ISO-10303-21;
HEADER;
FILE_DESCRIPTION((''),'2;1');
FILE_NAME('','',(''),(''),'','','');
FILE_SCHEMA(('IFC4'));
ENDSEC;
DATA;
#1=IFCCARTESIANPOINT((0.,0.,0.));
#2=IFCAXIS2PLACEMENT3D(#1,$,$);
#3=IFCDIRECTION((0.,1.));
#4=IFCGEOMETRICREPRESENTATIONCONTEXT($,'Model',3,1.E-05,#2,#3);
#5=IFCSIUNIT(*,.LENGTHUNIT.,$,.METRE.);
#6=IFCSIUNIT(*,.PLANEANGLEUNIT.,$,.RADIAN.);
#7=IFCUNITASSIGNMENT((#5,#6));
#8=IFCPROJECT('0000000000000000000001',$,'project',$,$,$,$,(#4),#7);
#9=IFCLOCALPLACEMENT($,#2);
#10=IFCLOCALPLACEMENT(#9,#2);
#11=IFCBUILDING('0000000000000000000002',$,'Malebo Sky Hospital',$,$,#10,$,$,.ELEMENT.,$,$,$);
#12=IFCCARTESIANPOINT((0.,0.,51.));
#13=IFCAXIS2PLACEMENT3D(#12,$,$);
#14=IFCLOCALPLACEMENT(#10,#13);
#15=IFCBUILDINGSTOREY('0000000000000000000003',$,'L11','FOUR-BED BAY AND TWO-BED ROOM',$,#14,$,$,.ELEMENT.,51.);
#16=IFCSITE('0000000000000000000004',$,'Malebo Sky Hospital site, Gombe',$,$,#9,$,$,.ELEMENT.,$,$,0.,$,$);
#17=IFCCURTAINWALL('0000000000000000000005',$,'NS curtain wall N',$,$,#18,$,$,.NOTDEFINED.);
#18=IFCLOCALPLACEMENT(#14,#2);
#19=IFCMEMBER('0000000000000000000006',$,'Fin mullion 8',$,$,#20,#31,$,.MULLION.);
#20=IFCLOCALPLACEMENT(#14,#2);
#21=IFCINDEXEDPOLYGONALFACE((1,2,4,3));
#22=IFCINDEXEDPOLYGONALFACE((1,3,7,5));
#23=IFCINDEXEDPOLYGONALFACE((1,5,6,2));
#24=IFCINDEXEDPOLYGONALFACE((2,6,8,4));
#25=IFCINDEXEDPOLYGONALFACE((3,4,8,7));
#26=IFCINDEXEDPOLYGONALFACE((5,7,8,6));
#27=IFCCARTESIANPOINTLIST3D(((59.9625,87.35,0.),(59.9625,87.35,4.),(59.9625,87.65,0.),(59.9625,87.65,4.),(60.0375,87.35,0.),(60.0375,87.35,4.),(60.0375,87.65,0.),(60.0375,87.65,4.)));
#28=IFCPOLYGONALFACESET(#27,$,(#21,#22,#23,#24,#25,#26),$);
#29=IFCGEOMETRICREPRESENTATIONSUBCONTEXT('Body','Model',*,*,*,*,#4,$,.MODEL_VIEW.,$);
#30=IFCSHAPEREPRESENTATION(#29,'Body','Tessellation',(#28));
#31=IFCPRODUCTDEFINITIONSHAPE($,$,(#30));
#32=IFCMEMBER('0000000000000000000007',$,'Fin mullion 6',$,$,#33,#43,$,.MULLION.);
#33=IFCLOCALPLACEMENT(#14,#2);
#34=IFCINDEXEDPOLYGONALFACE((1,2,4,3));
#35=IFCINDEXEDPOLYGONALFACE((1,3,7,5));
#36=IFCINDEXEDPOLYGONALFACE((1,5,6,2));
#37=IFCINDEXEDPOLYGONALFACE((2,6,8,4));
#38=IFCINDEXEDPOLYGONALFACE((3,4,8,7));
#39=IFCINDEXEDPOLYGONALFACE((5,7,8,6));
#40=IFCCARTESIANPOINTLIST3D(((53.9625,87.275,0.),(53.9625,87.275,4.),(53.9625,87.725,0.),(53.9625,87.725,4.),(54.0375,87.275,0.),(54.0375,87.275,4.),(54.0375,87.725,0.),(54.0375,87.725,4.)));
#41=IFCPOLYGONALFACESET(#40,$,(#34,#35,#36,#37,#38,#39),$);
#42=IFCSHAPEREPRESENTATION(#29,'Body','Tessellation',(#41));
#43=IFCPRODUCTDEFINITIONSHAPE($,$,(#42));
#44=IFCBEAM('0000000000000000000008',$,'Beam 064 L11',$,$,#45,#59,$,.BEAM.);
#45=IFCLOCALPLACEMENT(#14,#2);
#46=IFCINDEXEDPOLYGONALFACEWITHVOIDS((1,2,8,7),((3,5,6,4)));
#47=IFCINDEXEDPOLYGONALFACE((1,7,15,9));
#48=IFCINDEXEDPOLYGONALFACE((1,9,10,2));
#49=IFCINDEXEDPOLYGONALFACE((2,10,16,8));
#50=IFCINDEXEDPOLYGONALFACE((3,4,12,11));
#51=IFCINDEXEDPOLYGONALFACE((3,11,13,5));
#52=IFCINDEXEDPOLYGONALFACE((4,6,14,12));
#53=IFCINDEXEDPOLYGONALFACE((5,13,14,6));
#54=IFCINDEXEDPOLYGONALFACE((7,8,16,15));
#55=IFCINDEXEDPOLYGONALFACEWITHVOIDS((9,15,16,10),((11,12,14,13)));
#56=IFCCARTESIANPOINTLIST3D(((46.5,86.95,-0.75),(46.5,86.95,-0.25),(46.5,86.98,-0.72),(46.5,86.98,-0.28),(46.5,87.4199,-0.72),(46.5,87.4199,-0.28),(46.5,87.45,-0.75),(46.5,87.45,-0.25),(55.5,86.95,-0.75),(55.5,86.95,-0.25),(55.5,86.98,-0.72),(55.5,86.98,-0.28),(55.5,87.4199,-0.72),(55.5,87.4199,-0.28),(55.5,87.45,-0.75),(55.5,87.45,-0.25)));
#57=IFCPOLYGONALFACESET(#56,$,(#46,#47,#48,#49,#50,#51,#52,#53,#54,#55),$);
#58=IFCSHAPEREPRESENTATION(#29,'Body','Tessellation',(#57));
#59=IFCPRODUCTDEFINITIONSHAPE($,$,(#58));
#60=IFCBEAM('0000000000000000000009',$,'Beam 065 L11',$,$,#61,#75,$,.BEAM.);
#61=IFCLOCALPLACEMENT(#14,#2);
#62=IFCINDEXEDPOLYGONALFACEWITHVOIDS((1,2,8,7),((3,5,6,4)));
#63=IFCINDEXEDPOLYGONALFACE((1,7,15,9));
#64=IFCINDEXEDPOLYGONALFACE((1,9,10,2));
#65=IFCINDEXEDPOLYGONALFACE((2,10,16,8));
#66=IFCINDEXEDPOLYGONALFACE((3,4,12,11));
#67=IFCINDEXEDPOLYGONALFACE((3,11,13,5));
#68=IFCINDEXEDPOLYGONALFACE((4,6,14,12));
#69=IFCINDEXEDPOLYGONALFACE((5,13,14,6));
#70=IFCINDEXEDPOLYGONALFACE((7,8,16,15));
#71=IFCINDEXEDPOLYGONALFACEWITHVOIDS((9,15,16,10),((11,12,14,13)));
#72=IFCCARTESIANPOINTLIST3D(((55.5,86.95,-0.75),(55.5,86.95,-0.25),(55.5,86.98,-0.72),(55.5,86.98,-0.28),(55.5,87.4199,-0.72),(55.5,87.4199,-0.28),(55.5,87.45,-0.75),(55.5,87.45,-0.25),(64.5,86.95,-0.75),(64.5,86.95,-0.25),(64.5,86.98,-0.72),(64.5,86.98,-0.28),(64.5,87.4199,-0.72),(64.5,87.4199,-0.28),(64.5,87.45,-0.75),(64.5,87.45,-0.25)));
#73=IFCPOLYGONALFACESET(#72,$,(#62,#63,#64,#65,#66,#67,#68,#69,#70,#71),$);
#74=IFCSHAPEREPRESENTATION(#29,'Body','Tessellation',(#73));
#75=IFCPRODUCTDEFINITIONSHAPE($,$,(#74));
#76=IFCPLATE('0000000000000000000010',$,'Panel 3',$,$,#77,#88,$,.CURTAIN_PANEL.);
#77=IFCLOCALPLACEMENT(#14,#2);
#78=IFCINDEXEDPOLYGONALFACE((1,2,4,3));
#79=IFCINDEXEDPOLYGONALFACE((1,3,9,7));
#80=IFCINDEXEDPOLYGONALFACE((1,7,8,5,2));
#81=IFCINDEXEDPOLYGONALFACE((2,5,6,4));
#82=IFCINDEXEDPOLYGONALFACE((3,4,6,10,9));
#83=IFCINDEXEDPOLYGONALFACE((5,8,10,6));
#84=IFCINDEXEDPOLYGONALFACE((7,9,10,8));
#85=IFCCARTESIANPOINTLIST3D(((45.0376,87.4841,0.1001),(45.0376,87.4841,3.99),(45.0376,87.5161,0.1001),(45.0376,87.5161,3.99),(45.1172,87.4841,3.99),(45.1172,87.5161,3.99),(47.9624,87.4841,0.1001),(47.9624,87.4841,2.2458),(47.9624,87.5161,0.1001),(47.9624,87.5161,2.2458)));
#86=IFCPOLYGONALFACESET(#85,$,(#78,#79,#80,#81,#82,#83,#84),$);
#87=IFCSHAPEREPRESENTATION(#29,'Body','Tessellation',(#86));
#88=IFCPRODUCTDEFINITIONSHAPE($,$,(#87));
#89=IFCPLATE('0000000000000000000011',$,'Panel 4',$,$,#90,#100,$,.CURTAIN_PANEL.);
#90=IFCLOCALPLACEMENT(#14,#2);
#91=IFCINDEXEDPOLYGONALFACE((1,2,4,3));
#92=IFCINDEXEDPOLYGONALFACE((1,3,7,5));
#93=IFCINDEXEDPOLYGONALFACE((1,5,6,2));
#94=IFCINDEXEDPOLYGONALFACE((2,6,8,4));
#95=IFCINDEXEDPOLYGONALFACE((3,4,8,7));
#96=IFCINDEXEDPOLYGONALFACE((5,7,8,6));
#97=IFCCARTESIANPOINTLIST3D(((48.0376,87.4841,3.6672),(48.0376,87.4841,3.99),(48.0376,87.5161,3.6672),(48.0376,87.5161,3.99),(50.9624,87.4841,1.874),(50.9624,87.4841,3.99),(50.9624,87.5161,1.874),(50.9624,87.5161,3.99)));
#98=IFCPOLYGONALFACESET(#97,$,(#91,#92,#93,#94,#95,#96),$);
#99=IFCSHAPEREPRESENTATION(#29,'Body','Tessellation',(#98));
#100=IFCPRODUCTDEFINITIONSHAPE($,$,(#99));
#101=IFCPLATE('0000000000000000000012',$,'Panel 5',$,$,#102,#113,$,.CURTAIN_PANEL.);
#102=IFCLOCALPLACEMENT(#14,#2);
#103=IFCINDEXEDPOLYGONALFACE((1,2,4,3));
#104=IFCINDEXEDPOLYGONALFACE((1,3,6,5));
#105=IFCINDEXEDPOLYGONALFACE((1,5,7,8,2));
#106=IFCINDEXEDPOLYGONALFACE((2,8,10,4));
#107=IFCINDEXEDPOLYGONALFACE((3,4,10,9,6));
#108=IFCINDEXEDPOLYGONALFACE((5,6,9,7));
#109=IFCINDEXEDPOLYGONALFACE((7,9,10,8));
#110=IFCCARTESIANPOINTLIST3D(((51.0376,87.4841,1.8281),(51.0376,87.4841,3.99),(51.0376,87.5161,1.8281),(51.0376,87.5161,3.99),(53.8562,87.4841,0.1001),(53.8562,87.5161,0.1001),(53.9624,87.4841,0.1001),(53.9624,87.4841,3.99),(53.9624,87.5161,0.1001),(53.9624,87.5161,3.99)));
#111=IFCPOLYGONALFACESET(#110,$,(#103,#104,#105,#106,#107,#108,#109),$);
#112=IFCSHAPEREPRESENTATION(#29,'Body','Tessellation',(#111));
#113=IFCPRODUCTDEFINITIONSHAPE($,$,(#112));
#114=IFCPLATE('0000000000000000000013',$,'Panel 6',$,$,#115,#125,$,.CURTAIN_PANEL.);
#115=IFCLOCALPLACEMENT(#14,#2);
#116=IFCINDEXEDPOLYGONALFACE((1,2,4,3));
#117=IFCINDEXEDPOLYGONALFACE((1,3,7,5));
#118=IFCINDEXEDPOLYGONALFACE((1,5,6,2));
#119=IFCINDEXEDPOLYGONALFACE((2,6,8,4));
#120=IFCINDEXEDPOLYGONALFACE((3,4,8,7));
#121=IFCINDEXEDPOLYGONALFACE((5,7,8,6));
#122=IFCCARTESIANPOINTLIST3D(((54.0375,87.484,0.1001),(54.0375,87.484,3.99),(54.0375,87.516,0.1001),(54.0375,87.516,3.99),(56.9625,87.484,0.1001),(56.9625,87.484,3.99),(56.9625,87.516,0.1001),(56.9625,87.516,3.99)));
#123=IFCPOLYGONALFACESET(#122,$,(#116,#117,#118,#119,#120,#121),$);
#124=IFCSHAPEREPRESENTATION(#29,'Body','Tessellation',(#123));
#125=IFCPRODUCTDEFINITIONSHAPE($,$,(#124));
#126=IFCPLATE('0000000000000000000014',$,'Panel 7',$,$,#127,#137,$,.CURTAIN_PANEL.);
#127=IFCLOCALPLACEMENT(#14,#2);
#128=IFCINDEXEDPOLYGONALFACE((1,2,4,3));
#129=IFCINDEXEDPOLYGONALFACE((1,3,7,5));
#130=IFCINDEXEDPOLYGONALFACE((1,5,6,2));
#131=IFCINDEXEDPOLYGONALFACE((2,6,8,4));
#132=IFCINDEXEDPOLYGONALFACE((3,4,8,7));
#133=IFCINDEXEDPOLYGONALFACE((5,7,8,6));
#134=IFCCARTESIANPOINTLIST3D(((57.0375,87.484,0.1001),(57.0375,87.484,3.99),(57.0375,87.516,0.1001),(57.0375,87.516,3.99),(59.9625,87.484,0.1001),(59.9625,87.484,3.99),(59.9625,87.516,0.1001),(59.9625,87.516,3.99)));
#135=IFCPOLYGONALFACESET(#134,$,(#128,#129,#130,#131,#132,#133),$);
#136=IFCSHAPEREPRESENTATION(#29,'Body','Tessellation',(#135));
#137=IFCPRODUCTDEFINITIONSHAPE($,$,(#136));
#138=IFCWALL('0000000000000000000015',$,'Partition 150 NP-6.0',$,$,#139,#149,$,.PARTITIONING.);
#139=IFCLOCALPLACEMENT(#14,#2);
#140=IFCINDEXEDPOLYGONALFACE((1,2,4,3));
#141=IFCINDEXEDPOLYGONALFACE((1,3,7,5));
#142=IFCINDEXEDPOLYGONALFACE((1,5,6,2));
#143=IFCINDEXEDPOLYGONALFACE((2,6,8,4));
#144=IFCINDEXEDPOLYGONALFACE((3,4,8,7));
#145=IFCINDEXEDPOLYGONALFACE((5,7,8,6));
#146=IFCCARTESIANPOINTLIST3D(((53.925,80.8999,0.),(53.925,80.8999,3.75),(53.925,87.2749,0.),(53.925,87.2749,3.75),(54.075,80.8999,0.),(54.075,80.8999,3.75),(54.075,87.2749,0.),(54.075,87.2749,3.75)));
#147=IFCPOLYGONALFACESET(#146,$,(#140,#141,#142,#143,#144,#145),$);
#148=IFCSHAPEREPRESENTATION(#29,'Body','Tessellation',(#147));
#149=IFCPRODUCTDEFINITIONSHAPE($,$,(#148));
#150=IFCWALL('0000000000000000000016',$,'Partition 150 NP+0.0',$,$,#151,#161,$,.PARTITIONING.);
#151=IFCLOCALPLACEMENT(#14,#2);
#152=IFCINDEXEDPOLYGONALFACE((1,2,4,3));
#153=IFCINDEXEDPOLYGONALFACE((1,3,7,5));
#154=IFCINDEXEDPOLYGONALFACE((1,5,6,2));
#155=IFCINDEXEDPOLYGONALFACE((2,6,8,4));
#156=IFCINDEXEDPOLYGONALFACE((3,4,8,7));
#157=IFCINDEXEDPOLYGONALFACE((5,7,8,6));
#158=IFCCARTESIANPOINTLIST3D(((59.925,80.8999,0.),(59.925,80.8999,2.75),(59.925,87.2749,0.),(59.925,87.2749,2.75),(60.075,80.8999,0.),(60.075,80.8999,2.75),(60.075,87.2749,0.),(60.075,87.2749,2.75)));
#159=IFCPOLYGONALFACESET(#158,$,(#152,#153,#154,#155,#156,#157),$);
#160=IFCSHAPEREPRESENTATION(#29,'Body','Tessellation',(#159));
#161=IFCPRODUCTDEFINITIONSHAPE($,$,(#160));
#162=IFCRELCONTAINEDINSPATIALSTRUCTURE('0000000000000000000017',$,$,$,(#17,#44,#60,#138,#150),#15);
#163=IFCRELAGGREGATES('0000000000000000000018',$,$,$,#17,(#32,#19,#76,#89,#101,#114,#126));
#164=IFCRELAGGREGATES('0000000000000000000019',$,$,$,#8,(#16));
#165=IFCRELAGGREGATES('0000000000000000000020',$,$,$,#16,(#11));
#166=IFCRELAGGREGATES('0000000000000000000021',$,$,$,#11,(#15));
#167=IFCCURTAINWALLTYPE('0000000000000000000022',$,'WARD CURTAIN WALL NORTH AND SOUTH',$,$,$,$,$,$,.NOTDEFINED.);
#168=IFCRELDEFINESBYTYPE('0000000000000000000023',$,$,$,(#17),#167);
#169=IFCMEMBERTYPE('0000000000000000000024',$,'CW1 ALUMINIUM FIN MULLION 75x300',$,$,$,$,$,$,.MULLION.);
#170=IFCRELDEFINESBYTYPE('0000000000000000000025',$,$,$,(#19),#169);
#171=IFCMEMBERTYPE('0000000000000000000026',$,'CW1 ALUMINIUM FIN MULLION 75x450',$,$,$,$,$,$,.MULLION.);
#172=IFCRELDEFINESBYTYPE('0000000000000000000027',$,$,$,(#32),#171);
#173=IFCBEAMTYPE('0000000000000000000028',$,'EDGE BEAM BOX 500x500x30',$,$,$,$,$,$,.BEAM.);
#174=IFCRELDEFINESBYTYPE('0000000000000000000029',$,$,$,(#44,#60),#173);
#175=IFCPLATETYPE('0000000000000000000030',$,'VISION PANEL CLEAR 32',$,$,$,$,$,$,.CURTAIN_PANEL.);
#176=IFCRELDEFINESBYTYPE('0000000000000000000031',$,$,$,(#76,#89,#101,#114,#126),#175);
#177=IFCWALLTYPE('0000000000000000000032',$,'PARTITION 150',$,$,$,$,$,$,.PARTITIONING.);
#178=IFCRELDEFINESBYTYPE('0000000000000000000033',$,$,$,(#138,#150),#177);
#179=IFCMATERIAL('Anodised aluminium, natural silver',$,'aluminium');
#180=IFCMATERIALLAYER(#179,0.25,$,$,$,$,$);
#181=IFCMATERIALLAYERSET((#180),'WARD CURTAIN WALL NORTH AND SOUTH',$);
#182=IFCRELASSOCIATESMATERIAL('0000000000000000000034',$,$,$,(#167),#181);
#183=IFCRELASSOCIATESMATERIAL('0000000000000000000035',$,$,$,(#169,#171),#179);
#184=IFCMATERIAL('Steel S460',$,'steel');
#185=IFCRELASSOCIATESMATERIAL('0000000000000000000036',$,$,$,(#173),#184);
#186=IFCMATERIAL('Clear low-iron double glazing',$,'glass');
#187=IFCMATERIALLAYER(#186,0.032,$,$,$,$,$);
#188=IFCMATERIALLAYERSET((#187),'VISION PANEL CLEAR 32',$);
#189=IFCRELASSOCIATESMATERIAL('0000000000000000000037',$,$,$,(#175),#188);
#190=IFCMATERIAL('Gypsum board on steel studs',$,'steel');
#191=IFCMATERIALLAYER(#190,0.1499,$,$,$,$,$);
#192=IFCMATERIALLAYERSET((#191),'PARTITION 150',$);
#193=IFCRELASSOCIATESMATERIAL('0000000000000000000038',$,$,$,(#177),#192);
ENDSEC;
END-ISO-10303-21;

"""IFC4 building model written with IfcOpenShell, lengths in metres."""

from ifc_helpers import new_model, si_unit, direction, frame, frame_2d, origin, origin_2d, place, context, subcontext, project, spatial, polyline, rectangle, hollow_rectangle, outline, extrude, material, layer, layer_set, material_profile, profile_set, type_object, element, aggregate, save


model = new_model("IFC4")

# Units and contexts
model_context = context("Model", 3, precision=1e-05, world=origin(), true_north=direction((0.0, 1.0)))
body_context = subcontext(model_context, "Body", "Model", "MODEL_VIEW")
ifc_project = project(units=[si_unit("LENGTHUNIT", "METRE"), si_unit("PLANEANGLEUNIT", "RADIAN")], contexts=[model_context])

# Site, building, storey
site_placement = place(None, origin())
site = spatial("IfcSite", under=ifc_project, at=site_placement, Name="Malebo Sky Hospital site, Gombe", CompositionType="ELEMENT", RefElevation=0.0)
building_placement = place(site_placement, origin())
building = spatial("IfcBuilding", under=site, at=building_placement, Name="Malebo Sky Hospital", CompositionType="ELEMENT")
storey_placement = place(building_placement, frame((0.0, 0.0, 51.0)))
storey = spatial("IfcBuildingStorey", under=building, at=storey_placement, Name="L11", Description="FOUR-BED BAY AND TWO-BED ROOM", CompositionType="ELEMENT", Elevation=51.0)

# Shared definitions
ifc_material_1 = material(Name="Steel S460", Category="steel")

# Curtain wall
ifc_material_2 = material(Name="Anodised aluminium, natural silver", Category="aluminium")
ifc_layer_1 = layer(ifc_material_2, 0.25)
ifc_layer_set_1 = layer_set([ifc_layer_1], Name="WARD CURTAIN WALL NORTH AND SOUTH")
curtain_wall_type = type_object("IfcCurtainWallType", Name="WARD CURTAIN WALL NORTH AND SOUTH", PredefinedType="NOTDEFINED", material=ifc_layer_set_1)
curtain_wall_placement = place(storey_placement, origin())
curtain_wall = element("IfcCurtainWall", 1, at=curtain_wall_placement, inside=storey, type_object=curtain_wall_type, Name="NS curtain wall N", PredefinedType="NOTDEFINED")

# Members
ifc_material_profile_1 = material_profile(ifc_material_2, rectangle(XDim=0.075, YDim=0.3, at=origin_2d()), Name="CW1 ALUMINIUM FIN MULLION 75x300")
ifc_profile_set_1 = profile_set([ifc_material_profile_1], Name="Anodised aluminium, natural silver")
member_type_1 = type_object("IfcMemberType", Name="CW1 ALUMINIUM FIN MULLION 75x300", PredefinedType="MULLION", material=ifc_profile_set_1)
member_1_placement = place(storey_placement, frame((60.0, 87.5, 0.0), z_axis=(0.0, 0.0, 1.0), x_axis=(1.0, 0.0, 0.0)))
member_1 = element("IfcMember", 2, at=member_1_placement, type_object=member_type_1, Name="Fin mullion 8", PredefinedType="MULLION", context=body_context, shape_type="SweptSolid", body=[
    extrude(rectangle(XDim=0.075, YDim=0.3, at=origin_2d()), origin(), (0.0, 0.0, 1.0), 4.0),
])
ifc_material_profile_2 = material_profile(ifc_material_2, rectangle(XDim=0.075, YDim=0.45, at=origin_2d()), Name="CW1 ALUMINIUM FIN MULLION 75x450")
ifc_profile_set_2 = profile_set([ifc_material_profile_2], Name="Anodised aluminium, natural silver")
member_type_2 = type_object("IfcMemberType", Name="CW1 ALUMINIUM FIN MULLION 75x450", PredefinedType="MULLION", material=ifc_profile_set_2)
member_2_placement = place(storey_placement, frame((54.0, 87.5, 0.0), z_axis=(0.0, 0.0, 1.0), x_axis=(1.0, 0.0, 0.0)))
member_2 = element("IfcMember", 3, at=member_2_placement, type_object=member_type_2, Name="Fin mullion 6", PredefinedType="MULLION", context=body_context, shape_type="SweptSolid", body=[
    extrude(rectangle(XDim=0.075, YDim=0.45, at=origin_2d()), origin(), (0.0, 0.0, 1.0), 4.0),
])

# Beams
ifc_material_profile_3 = material_profile(ifc_material_1, hollow_rectangle(XDim=0.5, YDim=0.5, WallThickness=0.03, at=origin_2d()), Name="BOX 500x500x30")
ifc_profile_set_3 = profile_set([ifc_material_profile_3], Name="Steel S460")
beam_type = type_object("IfcBeamType", Name="EDGE BEAM BOX 500x500x30", PredefinedType="BEAM", material=ifc_profile_set_3)
for number, where, z_axis, x_axis, name in (
    (4, (46.5, 87.2, -0.5), (1.0, 0.0, 0.0), (0.0, 1.0, 0.0), "Beam 064 L11"),
    (5, (55.5, 87.2, -0.5), (1.0, 0.0, 0.0), (0.0, 1.0, 0.0), "Beam 065 L11"),
):
    element("IfcBeam", number, at=place(storey_placement, frame(where, z_axis=z_axis, x_axis=x_axis)), inside=storey, type_object=beam_type, Name=name, PredefinedType="BEAM", context=body_context, shape_type="SweptSolid", body=[
        extrude(hollow_rectangle(XDim=0.5, YDim=0.5, WallThickness=0.03, at=origin_2d()), origin(), (0.0, 0.0, 1.0), 9.0),
    ])

# Plates
ifc_material_3 = material(Name="Clear low-iron double glazing", Category="glass")
ifc_layer_2 = layer(ifc_material_3, 0.032)
ifc_layer_set_2 = layer_set([ifc_layer_2], Name="VISION PANEL CLEAR 32")
plate_type = type_object("IfcPlateType", Name="VISION PANEL CLEAR 32", PredefinedType="CURTAIN_PANEL", material=ifc_layer_set_2)
plate_1_placement = place(storey_placement, frame((46.5, 87.5, 0.1001), z_axis=(0.0, 0.0, 1.0), x_axis=(1.0, 0.0, 0.0)))
plate_1 = element("IfcPlate", 6, at=plate_1_placement, type_object=plate_type, Name="Panel 3", PredefinedType="CURTAIN_PANEL", context=body_context, shape_type="SweptSolid", body=[
    extrude(outline(polyline([(-1.4624, 0.0), (1.4624, 0.0), (1.4624, 2.1458), (-1.3828, 3.8899), (-1.4624, 3.8899), (-1.4624, 0.0)])), frame((0.0, 0.0161, 0.0), z_axis=(0.0, -1.0, 0.0), x_axis=(1.0, 0.0, 0.0)), (0.0, 0.0, 1.0), 0.032),
])
plate_2_placement = place(storey_placement, frame((49.5, 87.5, 1.874), z_axis=(0.0, 0.0, 1.0), x_axis=(1.0, 0.0, 0.0)))
plate_2 = element("IfcPlate", 7, at=plate_2_placement, type_object=plate_type, Name="Panel 4", PredefinedType="CURTAIN_PANEL", context=body_context, shape_type="SweptSolid", body=[
    extrude(outline(polyline([(1.4624, 0.0), (1.4624, 2.116), (-1.4624, 2.116), (-1.4624, 1.7932), (1.4624, 0.0)])), frame((0.0, 0.0161, 0.0), z_axis=(0.0, -1.0, 0.0), x_axis=(1.0, 0.0, 0.0)), (0.0, 0.0, 1.0), 0.032),
])
plate_3_placement = place(storey_placement, frame((52.5, 87.5, 0.1001), z_axis=(0.0, 0.0, 1.0), x_axis=(1.0, 0.0, 0.0)))
plate_3 = element("IfcPlate", 8, at=plate_3_placement, type_object=plate_type, Name="Panel 5", PredefinedType="CURTAIN_PANEL", context=body_context, shape_type="SweptSolid", body=[
    extrude(outline(polyline([(1.3562, 0.0), (1.4624, 0.0), (1.4624, 3.8899), (-1.4624, 3.8899), (-1.4624, 1.728), (1.3562, 0.0)])), frame((0.0, 0.0161, 0.0), z_axis=(0.0, -1.0, 0.0), x_axis=(1.0, 0.0, 0.0)), (0.0, 0.0, 1.0), 0.032),
])
plate_4_placement = place(storey_placement, frame((55.5, 87.5, 0.1001), z_axis=(0.0, 0.0, 1.0), x_axis=(1.0, 0.0, 0.0)))
plate_4 = element("IfcPlate", 9, at=plate_4_placement, type_object=plate_type, Name="Panel 6", PredefinedType="CURTAIN_PANEL", context=body_context, shape_type="SweptSolid", body=[
    extrude(rectangle(XDim=2.925, YDim=0.032, at=origin_2d()), origin(), (0.0, 0.0, 1.0), 3.8899),
])
plate_5_placement = place(storey_placement, frame((58.5, 87.5, 0.1001), z_axis=(0.0, 0.0, 1.0), x_axis=(1.0, 0.0, 0.0)))
plate_5 = element("IfcPlate", 10, at=plate_5_placement, type_object=plate_type, Name="Panel 7", PredefinedType="CURTAIN_PANEL", context=body_context, shape_type="SweptSolid", body=[
    extrude(rectangle(XDim=2.925, YDim=0.032, at=origin_2d()), origin(), (0.0, 0.0, 1.0), 3.8899),
])
aggregate(curtain_wall, [member_2, member_1, plate_1, plate_2, plate_3, plate_4, plate_5])

# Walls
ifc_material_4 = material(Name="Gypsum board on steel studs", Category="steel")
ifc_layer_3 = layer(ifc_material_4, 0.1499)
ifc_layer_set_3 = layer_set([ifc_layer_3], Name="PARTITION 150")
wall_type = type_object("IfcWallType", Name="PARTITION 150", PredefinedType="PARTITIONING", material=ifc_layer_set_3)
wall_1_placement = place(storey_placement, frame((54.0, 80.8999, 0.0), z_axis=(0.0, 0.0, 1.0), x_axis=(0.0, 1.0, 0.0)))
element("IfcWall", 11, at=wall_1_placement, inside=storey, type_object=wall_type, Name="Partition 150 NP-6.0", PredefinedType="PARTITIONING", context=body_context, shape_type="SweptSolid", body=[
    extrude(rectangle(XDim=6.375, YDim=0.1499, at=frame_2d((3.1875, 0.0))), origin(), (0.0, 0.0, 1.0), 3.75),
])
wall_2_placement = place(storey_placement, frame((60.0, 80.8999, 0.0), z_axis=(0.0, 0.0, 1.0), x_axis=(0.0, 1.0, 0.0)))
element("IfcWall", 12, at=wall_2_placement, inside=storey, type_object=wall_type, Name="Partition 150 NP+0.0", PredefinedType="PARTITIONING", context=body_context, shape_type="SweptSolid", body=[
    extrude(rectangle(XDim=6.375, YDim=0.1499, at=frame_2d((3.1875, 0.0))), origin(), (0.0, 0.0, 1.0), 2.75),
])

save(model, "model.ifc")
